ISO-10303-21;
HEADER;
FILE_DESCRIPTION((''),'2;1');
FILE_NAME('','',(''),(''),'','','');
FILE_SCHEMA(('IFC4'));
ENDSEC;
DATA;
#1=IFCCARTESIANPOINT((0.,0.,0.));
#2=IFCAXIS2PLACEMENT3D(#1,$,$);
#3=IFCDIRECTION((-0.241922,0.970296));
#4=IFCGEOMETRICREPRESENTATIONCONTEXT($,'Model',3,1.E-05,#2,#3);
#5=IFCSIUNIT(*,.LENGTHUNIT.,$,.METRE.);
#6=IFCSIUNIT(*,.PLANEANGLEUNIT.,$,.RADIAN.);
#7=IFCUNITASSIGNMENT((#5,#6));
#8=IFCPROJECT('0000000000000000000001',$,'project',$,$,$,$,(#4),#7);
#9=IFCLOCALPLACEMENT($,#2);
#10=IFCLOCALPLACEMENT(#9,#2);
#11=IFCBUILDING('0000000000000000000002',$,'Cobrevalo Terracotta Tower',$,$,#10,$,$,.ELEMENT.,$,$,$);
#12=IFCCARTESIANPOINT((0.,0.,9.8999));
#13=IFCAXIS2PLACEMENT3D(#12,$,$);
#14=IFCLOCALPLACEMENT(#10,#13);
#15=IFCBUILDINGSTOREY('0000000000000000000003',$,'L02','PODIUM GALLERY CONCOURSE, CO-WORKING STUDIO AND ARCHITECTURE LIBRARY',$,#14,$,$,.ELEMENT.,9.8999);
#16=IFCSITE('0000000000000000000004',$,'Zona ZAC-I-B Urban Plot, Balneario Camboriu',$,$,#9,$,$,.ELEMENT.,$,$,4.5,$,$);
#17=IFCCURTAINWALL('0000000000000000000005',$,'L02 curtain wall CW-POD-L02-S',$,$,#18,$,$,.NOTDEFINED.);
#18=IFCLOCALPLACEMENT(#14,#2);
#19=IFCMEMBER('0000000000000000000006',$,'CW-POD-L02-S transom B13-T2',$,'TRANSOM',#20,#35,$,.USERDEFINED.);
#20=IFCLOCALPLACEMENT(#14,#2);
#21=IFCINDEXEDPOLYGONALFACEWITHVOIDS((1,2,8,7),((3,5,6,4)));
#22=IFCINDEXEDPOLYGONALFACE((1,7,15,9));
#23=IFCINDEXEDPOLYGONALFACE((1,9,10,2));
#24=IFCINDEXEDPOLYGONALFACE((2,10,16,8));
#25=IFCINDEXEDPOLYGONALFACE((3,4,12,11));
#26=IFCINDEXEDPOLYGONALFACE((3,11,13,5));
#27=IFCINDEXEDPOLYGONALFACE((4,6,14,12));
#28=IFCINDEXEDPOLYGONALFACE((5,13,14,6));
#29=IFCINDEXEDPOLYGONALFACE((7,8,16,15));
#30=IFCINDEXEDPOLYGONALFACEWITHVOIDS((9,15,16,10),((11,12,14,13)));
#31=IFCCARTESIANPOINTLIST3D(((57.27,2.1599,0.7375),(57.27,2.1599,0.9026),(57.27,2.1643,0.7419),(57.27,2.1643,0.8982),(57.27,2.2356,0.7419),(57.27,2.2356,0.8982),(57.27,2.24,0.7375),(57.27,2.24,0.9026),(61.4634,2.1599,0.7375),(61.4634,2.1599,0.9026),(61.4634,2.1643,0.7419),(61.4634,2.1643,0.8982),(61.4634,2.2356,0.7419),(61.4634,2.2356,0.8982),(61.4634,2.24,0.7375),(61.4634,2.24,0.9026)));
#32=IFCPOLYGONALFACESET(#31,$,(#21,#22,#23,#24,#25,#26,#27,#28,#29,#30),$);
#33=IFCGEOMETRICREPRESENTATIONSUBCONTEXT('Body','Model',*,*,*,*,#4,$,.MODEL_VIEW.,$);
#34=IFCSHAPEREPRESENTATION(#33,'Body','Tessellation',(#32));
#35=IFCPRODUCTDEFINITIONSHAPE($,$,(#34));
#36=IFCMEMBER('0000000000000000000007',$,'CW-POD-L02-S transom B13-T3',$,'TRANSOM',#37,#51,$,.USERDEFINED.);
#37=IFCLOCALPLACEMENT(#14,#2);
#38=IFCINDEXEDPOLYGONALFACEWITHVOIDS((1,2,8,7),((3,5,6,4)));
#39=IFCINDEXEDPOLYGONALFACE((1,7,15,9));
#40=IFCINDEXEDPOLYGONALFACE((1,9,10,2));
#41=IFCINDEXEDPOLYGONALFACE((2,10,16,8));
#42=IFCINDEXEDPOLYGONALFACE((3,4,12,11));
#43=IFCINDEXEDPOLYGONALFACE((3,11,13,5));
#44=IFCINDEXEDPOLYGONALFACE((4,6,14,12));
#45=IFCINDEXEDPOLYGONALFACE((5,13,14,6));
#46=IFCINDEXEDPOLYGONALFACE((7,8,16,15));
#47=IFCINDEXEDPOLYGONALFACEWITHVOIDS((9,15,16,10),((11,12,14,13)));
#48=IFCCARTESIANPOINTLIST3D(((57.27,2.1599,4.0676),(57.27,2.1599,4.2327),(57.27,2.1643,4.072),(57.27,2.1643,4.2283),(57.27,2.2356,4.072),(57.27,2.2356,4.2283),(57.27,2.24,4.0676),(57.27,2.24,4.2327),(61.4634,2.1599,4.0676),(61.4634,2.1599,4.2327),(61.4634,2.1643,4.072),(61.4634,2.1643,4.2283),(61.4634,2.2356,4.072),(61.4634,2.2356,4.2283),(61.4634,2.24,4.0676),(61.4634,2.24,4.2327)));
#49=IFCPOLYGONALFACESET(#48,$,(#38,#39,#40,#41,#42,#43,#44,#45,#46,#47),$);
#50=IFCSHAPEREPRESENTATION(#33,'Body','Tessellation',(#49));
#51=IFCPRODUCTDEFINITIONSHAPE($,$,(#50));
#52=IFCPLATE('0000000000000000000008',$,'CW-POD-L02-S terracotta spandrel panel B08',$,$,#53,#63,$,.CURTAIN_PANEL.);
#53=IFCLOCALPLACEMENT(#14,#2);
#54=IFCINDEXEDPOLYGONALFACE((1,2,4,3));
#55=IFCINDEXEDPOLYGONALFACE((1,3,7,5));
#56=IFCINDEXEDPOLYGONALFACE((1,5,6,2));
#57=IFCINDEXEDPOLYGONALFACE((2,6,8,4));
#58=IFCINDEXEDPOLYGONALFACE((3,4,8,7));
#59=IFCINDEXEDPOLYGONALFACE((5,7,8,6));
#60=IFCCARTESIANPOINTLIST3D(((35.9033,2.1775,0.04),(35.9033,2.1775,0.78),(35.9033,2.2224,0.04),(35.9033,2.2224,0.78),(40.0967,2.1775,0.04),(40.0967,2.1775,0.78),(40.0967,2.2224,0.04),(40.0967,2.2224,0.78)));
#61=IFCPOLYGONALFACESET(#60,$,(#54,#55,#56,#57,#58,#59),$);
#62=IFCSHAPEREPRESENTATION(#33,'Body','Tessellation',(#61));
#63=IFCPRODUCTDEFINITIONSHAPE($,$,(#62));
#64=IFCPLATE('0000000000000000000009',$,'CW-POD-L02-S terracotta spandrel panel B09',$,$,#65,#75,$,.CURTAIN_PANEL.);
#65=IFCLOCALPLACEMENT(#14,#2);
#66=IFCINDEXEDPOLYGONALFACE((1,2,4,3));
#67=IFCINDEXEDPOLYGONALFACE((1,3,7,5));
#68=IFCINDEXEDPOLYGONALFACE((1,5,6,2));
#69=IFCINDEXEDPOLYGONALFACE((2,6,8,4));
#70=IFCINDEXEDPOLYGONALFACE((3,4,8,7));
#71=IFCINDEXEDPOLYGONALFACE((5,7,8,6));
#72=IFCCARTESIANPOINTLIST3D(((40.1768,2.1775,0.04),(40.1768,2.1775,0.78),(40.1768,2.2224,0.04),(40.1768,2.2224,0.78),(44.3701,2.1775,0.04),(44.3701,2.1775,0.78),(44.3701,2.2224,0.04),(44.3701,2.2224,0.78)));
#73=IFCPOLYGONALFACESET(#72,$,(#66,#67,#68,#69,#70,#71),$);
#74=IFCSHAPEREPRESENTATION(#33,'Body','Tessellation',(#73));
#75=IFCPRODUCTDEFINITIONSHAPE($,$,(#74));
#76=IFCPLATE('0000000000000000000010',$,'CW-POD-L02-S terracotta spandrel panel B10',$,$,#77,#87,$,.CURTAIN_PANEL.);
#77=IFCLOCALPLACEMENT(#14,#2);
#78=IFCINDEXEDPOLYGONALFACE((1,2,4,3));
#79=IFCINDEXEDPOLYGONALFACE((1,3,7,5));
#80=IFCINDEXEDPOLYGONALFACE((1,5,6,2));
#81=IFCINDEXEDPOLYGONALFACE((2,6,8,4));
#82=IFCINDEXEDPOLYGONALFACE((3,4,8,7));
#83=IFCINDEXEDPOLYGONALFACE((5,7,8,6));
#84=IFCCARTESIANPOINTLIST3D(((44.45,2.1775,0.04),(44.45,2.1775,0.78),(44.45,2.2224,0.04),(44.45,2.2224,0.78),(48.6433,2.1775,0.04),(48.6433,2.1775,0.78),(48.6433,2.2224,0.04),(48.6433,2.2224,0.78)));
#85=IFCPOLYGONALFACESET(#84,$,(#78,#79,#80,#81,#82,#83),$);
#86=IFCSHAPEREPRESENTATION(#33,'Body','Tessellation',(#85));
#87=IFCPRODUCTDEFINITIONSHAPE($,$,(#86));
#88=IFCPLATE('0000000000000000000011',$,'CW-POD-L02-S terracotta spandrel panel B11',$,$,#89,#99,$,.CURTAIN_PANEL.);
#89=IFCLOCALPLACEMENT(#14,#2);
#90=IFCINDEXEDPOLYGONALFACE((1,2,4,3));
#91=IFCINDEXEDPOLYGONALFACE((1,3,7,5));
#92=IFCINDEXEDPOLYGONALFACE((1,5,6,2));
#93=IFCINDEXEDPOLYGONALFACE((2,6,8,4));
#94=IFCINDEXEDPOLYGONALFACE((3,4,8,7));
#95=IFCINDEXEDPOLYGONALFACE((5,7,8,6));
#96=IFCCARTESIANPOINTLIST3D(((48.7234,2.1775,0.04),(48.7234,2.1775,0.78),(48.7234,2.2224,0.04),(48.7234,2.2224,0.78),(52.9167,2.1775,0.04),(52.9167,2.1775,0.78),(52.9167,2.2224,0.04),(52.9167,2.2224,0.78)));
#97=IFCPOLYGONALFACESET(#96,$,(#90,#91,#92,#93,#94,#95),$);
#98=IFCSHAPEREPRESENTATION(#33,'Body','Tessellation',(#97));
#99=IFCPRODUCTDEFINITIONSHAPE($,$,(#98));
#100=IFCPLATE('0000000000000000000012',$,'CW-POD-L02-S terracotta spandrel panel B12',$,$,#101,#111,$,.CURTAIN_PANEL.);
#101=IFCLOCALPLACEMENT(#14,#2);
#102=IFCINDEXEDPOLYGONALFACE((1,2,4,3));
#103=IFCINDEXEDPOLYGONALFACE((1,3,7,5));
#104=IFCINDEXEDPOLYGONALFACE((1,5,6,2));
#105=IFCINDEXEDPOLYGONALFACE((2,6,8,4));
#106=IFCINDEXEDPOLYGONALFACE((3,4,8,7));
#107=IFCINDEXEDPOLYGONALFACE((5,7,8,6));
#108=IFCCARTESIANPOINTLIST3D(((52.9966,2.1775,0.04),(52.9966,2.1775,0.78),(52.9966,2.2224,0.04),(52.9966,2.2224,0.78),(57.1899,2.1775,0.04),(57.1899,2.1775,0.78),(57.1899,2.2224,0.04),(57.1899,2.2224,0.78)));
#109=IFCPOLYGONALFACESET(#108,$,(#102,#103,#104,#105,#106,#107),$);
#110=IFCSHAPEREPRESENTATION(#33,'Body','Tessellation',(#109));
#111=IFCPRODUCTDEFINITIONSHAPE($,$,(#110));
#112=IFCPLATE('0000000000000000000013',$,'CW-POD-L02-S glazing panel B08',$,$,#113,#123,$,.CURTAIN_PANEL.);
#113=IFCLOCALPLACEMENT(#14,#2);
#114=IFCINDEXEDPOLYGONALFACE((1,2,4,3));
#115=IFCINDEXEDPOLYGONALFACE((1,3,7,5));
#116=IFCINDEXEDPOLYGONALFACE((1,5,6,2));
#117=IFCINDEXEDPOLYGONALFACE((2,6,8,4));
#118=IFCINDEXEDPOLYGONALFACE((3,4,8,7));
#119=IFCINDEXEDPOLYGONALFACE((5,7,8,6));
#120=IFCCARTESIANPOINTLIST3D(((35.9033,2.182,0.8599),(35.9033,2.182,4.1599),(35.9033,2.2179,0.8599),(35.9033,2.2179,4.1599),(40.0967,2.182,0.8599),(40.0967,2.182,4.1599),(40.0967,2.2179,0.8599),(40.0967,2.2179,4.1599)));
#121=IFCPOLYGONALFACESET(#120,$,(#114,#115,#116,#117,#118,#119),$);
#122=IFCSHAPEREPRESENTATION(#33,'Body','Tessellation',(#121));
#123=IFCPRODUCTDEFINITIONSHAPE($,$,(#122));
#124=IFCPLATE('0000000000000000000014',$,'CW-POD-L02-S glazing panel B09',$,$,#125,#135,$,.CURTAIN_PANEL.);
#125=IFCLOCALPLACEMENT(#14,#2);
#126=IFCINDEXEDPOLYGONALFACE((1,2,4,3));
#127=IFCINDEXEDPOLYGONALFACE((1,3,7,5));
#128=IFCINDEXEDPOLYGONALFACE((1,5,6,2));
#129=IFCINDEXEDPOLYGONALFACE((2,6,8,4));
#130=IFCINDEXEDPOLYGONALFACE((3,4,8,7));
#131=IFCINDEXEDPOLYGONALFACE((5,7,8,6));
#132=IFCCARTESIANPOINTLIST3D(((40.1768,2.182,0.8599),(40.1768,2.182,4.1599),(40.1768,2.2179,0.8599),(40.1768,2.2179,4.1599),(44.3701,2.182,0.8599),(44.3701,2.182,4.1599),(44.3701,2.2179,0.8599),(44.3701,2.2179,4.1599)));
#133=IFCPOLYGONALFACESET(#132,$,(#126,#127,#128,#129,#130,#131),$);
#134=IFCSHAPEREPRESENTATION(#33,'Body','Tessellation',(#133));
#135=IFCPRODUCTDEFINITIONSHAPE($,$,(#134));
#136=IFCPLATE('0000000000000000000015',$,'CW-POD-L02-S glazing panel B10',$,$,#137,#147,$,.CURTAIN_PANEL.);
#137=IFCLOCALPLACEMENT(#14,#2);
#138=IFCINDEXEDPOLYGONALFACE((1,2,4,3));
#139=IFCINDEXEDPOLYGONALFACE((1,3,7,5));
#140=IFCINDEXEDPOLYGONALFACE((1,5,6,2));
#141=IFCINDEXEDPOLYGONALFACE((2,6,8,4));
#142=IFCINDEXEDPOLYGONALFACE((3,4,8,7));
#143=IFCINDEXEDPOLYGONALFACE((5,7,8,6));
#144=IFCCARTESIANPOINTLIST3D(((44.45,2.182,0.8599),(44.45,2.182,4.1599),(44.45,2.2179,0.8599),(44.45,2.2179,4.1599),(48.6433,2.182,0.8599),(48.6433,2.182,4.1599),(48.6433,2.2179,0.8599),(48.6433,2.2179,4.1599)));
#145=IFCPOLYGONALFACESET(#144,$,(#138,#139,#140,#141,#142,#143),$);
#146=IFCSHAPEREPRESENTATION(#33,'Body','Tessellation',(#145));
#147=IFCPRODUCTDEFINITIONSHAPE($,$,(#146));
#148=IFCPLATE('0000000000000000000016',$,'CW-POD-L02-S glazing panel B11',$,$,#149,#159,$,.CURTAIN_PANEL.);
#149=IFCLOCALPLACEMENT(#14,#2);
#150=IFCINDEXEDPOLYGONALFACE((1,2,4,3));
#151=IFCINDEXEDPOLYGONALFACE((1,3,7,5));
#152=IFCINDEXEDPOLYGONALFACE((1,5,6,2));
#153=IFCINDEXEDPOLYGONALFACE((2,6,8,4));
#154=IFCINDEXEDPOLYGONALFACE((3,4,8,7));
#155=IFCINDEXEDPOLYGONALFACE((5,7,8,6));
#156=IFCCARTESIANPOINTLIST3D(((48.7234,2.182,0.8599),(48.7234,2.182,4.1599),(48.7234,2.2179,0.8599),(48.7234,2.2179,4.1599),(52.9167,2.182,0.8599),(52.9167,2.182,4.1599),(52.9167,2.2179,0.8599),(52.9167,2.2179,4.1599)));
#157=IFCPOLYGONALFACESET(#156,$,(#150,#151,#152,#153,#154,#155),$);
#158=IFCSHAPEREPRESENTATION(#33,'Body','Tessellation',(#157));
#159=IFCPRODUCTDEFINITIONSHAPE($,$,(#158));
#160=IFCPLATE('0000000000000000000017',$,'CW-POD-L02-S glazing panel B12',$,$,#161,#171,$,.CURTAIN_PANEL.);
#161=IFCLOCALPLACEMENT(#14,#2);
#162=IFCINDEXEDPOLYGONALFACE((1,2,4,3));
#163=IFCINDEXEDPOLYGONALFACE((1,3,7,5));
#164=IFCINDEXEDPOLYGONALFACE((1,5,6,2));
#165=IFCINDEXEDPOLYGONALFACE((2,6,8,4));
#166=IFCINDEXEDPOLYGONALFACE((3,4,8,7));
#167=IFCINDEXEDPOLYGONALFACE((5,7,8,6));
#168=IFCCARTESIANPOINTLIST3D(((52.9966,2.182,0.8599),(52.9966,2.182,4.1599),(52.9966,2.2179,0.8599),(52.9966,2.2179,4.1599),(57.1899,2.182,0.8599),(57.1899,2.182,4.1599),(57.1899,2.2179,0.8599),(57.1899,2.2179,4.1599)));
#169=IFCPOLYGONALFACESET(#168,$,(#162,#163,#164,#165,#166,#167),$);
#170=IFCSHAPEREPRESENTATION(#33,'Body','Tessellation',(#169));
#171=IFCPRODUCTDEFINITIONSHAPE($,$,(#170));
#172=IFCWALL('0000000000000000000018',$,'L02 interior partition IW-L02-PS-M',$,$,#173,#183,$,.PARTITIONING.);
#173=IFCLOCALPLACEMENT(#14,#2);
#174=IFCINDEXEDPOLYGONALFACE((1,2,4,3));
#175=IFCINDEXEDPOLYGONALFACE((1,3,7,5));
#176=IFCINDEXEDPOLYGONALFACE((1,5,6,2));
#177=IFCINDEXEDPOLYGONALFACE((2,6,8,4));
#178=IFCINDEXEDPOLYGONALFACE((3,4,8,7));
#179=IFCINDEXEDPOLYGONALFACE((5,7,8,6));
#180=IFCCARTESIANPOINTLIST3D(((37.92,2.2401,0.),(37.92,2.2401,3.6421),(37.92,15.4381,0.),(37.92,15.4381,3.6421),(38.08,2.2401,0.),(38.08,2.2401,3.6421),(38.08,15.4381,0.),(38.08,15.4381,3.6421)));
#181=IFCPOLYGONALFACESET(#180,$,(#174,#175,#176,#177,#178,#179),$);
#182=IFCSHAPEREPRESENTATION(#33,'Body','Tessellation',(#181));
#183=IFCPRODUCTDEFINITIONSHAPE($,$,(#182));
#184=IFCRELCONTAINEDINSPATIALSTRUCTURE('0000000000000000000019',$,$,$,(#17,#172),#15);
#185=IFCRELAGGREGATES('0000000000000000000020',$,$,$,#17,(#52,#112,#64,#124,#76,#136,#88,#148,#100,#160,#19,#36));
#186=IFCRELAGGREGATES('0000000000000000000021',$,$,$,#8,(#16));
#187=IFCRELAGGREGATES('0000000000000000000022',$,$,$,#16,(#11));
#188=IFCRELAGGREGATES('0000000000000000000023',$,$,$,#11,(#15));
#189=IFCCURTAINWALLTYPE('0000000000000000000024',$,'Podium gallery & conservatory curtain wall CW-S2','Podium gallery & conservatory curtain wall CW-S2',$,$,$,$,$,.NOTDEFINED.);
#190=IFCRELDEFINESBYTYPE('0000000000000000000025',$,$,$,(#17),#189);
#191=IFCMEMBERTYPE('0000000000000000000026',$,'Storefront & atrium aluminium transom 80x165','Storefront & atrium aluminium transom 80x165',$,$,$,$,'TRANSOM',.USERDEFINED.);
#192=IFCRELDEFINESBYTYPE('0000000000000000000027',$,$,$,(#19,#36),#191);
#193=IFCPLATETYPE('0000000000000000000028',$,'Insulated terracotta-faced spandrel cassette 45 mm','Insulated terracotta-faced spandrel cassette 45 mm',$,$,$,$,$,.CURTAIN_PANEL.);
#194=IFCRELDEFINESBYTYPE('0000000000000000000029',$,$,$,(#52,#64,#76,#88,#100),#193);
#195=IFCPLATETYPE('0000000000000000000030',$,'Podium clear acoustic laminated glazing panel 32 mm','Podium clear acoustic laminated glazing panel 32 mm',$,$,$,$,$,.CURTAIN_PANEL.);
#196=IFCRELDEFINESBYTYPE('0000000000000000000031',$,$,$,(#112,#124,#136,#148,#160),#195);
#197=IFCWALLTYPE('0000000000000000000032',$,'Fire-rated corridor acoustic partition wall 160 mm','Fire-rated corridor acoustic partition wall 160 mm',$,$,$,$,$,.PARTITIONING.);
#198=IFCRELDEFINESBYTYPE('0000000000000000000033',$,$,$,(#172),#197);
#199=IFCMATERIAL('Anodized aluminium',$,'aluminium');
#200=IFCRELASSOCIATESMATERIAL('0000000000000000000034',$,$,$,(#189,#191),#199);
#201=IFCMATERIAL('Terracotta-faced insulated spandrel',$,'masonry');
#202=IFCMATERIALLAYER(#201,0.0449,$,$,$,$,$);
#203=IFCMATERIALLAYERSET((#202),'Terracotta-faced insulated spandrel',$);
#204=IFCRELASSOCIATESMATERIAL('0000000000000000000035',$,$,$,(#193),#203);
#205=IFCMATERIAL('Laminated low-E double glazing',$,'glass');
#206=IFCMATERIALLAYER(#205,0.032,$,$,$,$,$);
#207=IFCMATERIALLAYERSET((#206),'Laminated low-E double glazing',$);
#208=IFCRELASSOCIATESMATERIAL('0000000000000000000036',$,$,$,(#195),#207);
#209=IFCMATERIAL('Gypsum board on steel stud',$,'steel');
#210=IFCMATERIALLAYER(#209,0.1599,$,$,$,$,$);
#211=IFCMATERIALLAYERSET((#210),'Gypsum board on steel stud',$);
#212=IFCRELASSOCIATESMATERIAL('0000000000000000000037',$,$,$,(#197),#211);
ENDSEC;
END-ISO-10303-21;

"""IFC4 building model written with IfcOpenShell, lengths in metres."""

from ifc_helpers import new_model, si_unit, direction, frame, frame_2d, origin, origin_2d, place, context, subcontext, project, spatial, rectangle, hollow_rectangle, extrude, source, transform, mapped, material, layer, layer_set, material_profile, profile_set, type_object, element, aggregate, save


model = new_model("IFC4")

# Units and contexts
model_context = context("Model", 3, precision=1e-05, world=origin(), true_north=direction((-0.241922, 0.970296)))
body_context = subcontext(model_context, "Body", "Model", "MODEL_VIEW")
ifc_project = project(units=[si_unit("LENGTHUNIT", "METRE"), si_unit("PLANEANGLEUNIT", "RADIAN")], contexts=[model_context])

# Site, building, storey
site_placement = place(None, origin())
site = spatial("IfcSite", under=ifc_project, at=site_placement, Name="Zona ZAC-I-B Urban Plot, Balneario Camboriu", CompositionType="ELEMENT", RefElevation=4.5)
building_placement = place(site_placement, origin())
building = spatial("IfcBuilding", under=site, at=building_placement, Name="Cobrevalo Terracotta Tower", CompositionType="ELEMENT")
storey_placement = place(building_placement, frame((0.0, 0.0, 9.8999)))
storey = spatial("IfcBuildingStorey", under=building, at=storey_placement, Name="L02", Description="PODIUM GALLERY CONCOURSE, CO-WORKING STUDIO AND ARCHITECTURE LIBRARY", CompositionType="ELEMENT", Elevation=9.8999)

# Curtain wall, members, plates
ifc_material_1 = material(Name="Anodized aluminium", Category="aluminium")
curtain_wall_type = type_object("IfcCurtainWallType", Name="Podium gallery & conservatory curtain wall CW-S2", Description="Podium gallery & conservatory curtain wall CW-S2", PredefinedType="NOTDEFINED", material=ifc_material_1)
curtain_wall_placement = place(storey_placement, origin())
curtain_wall = element("IfcCurtainWall", 1, at=curtain_wall_placement, inside=storey, type_object=curtain_wall_type, Name="L02 curtain wall CW-POD-L02-S", PredefinedType="NOTDEFINED")
ifc_material_profile_1 = material_profile(ifc_material_1, hollow_rectangle(XDim=0.0801, YDim=0.165, WallThickness=0.0044, at=origin_2d()), Name="CWT 80x165")
ifc_profile_set_1 = profile_set([ifc_material_profile_1], Name="Anodized aluminium")
member_type_1 = type_object("IfcMemberType", Name="Storefront & atrium aluminium transom 80x165", Description="Storefront & atrium aluminium transom 80x165", ElementType="TRANSOM", PredefinedType="USERDEFINED", material=ifc_profile_set_1)
shared_shape_1 = source(origin(), body_context, "Body", "SweptSolid", [
    extrude(hollow_rectangle(XDim=0.0801, YDim=0.165, WallThickness=0.0044, at=origin_2d()), origin(), (0.0, 0.0, 1.0), 4.1934),
])
member_1_placement = place(storey_placement, frame((57.27, 2.2, 0.8201), z_axis=(1.0, 0.0, 0.0), x_axis=(0.0, 1.0, 0.0)))
member_1 = element("IfcMember", 2, at=member_1_placement, type_object=member_type_1, Name="CW-POD-L02-S transom B13-T2", ObjectType="TRANSOM", PredefinedType="USERDEFINED", context=body_context, shape_type="MappedRepresentation", body=[
    mapped(shared_shape_1, transform((0.0, 0.0, 0.0), scale=1.0)),
])
member_2_placement = place(storey_placement, frame((57.27, 2.2, 4.1501), z_axis=(1.0, 0.0, 0.0), x_axis=(0.0, 1.0, 0.0)))
member_2 = element("IfcMember", 3, at=member_2_placement, type_object=member_type_1, Name="CW-POD-L02-S transom B13-T3", ObjectType="TRANSOM", PredefinedType="USERDEFINED", context=body_context, shape_type="MappedRepresentation", body=[
    mapped(shared_shape_1, transform((0.0, 0.0, 0.0), scale=1.0)),
])
ifc_material_2 = material(Name="Terracotta-faced insulated spandrel", Category="masonry")
ifc_layer_1 = layer(ifc_material_2, 0.0449)
ifc_layer_set_1 = layer_set([ifc_layer_1], Name="Terracotta-faced insulated spandrel")
plate_type_1 = type_object("IfcPlateType", Name="Insulated terracotta-faced spandrel cassette 45 mm", Description="Insulated terracotta-faced spandrel cassette 45 mm", PredefinedType="CURTAIN_PANEL", material=ifc_layer_set_1)
shared_shape_2 = source(origin(), body_context, "Body", "SweptSolid", [
    extrude(rectangle(XDim=4.1934, YDim=0.0449, at=origin_2d()), origin(), (0.0, 0.0, 1.0), 0.74),
])
plate_1_placement = place(storey_placement, frame((38.0, 2.2, 0.04), z_axis=(0.0, 0.0, 1.0), x_axis=(1.0, 0.0, 0.0)))
plate_1 = element("IfcPlate", 4, at=plate_1_placement, type_object=plate_type_1, Name="CW-POD-L02-S terracotta spandrel panel B08", PredefinedType="CURTAIN_PANEL", context=body_context, shape_type="MappedRepresentation", body=[
    mapped(shared_shape_2, transform((0.0, 0.0, 0.0), scale=1.0)),
])
plate_2_placement = place(storey_placement, frame((42.2734, 2.2, 0.04), z_axis=(0.0, 0.0, 1.0), x_axis=(1.0, 0.0, 0.0)))
plate_2 = element("IfcPlate", 5, at=plate_2_placement, type_object=plate_type_1, Name="CW-POD-L02-S terracotta spandrel panel B09", PredefinedType="CURTAIN_PANEL", context=body_context, shape_type="MappedRepresentation", body=[
    mapped(shared_shape_2, transform((0.0, 0.0, 0.0), scale=1.0)),
])
plate_3_placement = place(storey_placement, frame((46.5466, 2.2, 0.04), z_axis=(0.0, 0.0, 1.0), x_axis=(1.0, 0.0, 0.0)))
plate_3 = element("IfcPlate", 6, at=plate_3_placement, type_object=plate_type_1, Name="CW-POD-L02-S terracotta spandrel panel B10", PredefinedType="CURTAIN_PANEL", context=body_context, shape_type="MappedRepresentation", body=[
    mapped(shared_shape_2, transform((0.0, 0.0, 0.0), scale=1.0)),
])
plate_4_placement = place(storey_placement, frame((50.8201, 2.2, 0.04), z_axis=(0.0, 0.0, 1.0), x_axis=(1.0, 0.0, 0.0)))
plate_4 = element("IfcPlate", 7, at=plate_4_placement, type_object=plate_type_1, Name="CW-POD-L02-S terracotta spandrel panel B11", PredefinedType="CURTAIN_PANEL", context=body_context, shape_type="MappedRepresentation", body=[
    mapped(shared_shape_2, transform((0.0, 0.0, 0.0), scale=1.0)),
])
plate_5_placement = place(storey_placement, frame((55.0933, 2.2, 0.04), z_axis=(0.0, 0.0, 1.0), x_axis=(1.0, 0.0, 0.0)))
plate_5 = element("IfcPlate", 8, at=plate_5_placement, type_object=plate_type_1, Name="CW-POD-L02-S terracotta spandrel panel B12", PredefinedType="CURTAIN_PANEL", context=body_context, shape_type="MappedRepresentation", body=[
    mapped(shared_shape_2, transform((0.0, 0.0, 0.0), scale=1.0)),
])
ifc_material_3 = material(Name="Laminated low-E double glazing", Category="glass")
ifc_layer_2 = layer(ifc_material_3, 0.032)
ifc_layer_set_2 = layer_set([ifc_layer_2], Name="Laminated low-E double glazing")
plate_type_2 = type_object("IfcPlateType", Name="Podium clear acoustic laminated glazing panel 32 mm", Description="Podium clear acoustic laminated glazing panel 32 mm", PredefinedType="CURTAIN_PANEL", material=ifc_layer_set_2)
shared_shape_3 = source(origin(), body_context, "Body", "SweptSolid", [
    extrude(rectangle(XDim=4.1934, YDim=0.0359, at=origin_2d()), origin(), (0.0, 0.0, 1.0), 3.3),
])
plate_6_placement = place(storey_placement, frame((38.0, 2.2, 0.8599), z_axis=(0.0, 0.0, 1.0), x_axis=(1.0, 0.0, 0.0)))
plate_6 = element("IfcPlate", 9, at=plate_6_placement, type_object=plate_type_2, Name="CW-POD-L02-S glazing panel B08", PredefinedType="CURTAIN_PANEL", context=body_context, shape_type="MappedRepresentation", body=[
    mapped(shared_shape_3, transform((0.0, 0.0, 0.0), scale=1.0)),
])
plate_7_placement = place(storey_placement, frame((42.2734, 2.2, 0.8599), z_axis=(0.0, 0.0, 1.0), x_axis=(1.0, 0.0, 0.0)))
plate_7 = element("IfcPlate", 10, at=plate_7_placement, type_object=plate_type_2, Name="CW-POD-L02-S glazing panel B09", PredefinedType="CURTAIN_PANEL", context=body_context, shape_type="MappedRepresentation", body=[
    mapped(shared_shape_3, transform((0.0, 0.0, 0.0), scale=1.0)),
])
plate_8_placement = place(storey_placement, frame((46.5466, 2.2, 0.8599), z_axis=(0.0, 0.0, 1.0), x_axis=(1.0, 0.0, 0.0)))
plate_8 = element("IfcPlate", 11, at=plate_8_placement, type_object=plate_type_2, Name="CW-POD-L02-S glazing panel B10", PredefinedType="CURTAIN_PANEL", context=body_context, shape_type="MappedRepresentation", body=[
    mapped(shared_shape_3, transform((0.0, 0.0, 0.0), scale=1.0)),
])
plate_9_placement = place(storey_placement, frame((50.8201, 2.2, 0.8599), z_axis=(0.0, 0.0, 1.0), x_axis=(1.0, 0.0, 0.0)))
plate_9 = element("IfcPlate", 12, at=plate_9_placement, type_object=plate_type_2, Name="CW-POD-L02-S glazing panel B11", PredefinedType="CURTAIN_PANEL", context=body_context, shape_type="MappedRepresentation", body=[
    mapped(shared_shape_3, transform((0.0, 0.0, 0.0), scale=1.0)),
])
plate_10_placement = place(storey_placement, frame((55.0933, 2.2, 0.8599), z_axis=(0.0, 0.0, 1.0), x_axis=(1.0, 0.0, 0.0)))
plate_10 = element("IfcPlate", 13, at=plate_10_placement, type_object=plate_type_2, Name="CW-POD-L02-S glazing panel B12", PredefinedType="CURTAIN_PANEL", context=body_context, shape_type="MappedRepresentation", body=[
    mapped(shared_shape_3, transform((0.0, 0.0, 0.0), scale=1.0)),
])
aggregate(curtain_wall, [plate_1, plate_6, plate_2, plate_7, plate_3, plate_8, plate_4, plate_9, plate_5, plate_10, member_1, member_2])

# Wall
ifc_material_4 = material(Name="Gypsum board on steel stud", Category="steel")
ifc_layer_3 = layer(ifc_material_4, 0.1599)
ifc_layer_set_3 = layer_set([ifc_layer_3], Name="Gypsum board on steel stud")
wall_type = type_object("IfcWallType", Name="Fire-rated corridor acoustic partition wall 160 mm", Description="Fire-rated corridor acoustic partition wall 160 mm", PredefinedType="PARTITIONING", material=ifc_layer_set_3)
wall_placement = place(storey_placement, frame((38.0, 2.24, 0.0), z_axis=(0.0, 0.0, 1.0), x_axis=(0.0, 1.0, 0.0)))
element("IfcWall", 14, at=wall_placement, inside=storey, type_object=wall_type, Name="L02 interior partition IW-L02-PS-M", PredefinedType="PARTITIONING", context=body_context, shape_type="SweptSolid", body=[
    extrude(rectangle(XDim=13.198, YDim=0.1599, at=frame_2d((6.5991, 0.0))), origin(), (0.0, 0.0, 1.0), 3.6421),
])

save(model, "model.ifc")
